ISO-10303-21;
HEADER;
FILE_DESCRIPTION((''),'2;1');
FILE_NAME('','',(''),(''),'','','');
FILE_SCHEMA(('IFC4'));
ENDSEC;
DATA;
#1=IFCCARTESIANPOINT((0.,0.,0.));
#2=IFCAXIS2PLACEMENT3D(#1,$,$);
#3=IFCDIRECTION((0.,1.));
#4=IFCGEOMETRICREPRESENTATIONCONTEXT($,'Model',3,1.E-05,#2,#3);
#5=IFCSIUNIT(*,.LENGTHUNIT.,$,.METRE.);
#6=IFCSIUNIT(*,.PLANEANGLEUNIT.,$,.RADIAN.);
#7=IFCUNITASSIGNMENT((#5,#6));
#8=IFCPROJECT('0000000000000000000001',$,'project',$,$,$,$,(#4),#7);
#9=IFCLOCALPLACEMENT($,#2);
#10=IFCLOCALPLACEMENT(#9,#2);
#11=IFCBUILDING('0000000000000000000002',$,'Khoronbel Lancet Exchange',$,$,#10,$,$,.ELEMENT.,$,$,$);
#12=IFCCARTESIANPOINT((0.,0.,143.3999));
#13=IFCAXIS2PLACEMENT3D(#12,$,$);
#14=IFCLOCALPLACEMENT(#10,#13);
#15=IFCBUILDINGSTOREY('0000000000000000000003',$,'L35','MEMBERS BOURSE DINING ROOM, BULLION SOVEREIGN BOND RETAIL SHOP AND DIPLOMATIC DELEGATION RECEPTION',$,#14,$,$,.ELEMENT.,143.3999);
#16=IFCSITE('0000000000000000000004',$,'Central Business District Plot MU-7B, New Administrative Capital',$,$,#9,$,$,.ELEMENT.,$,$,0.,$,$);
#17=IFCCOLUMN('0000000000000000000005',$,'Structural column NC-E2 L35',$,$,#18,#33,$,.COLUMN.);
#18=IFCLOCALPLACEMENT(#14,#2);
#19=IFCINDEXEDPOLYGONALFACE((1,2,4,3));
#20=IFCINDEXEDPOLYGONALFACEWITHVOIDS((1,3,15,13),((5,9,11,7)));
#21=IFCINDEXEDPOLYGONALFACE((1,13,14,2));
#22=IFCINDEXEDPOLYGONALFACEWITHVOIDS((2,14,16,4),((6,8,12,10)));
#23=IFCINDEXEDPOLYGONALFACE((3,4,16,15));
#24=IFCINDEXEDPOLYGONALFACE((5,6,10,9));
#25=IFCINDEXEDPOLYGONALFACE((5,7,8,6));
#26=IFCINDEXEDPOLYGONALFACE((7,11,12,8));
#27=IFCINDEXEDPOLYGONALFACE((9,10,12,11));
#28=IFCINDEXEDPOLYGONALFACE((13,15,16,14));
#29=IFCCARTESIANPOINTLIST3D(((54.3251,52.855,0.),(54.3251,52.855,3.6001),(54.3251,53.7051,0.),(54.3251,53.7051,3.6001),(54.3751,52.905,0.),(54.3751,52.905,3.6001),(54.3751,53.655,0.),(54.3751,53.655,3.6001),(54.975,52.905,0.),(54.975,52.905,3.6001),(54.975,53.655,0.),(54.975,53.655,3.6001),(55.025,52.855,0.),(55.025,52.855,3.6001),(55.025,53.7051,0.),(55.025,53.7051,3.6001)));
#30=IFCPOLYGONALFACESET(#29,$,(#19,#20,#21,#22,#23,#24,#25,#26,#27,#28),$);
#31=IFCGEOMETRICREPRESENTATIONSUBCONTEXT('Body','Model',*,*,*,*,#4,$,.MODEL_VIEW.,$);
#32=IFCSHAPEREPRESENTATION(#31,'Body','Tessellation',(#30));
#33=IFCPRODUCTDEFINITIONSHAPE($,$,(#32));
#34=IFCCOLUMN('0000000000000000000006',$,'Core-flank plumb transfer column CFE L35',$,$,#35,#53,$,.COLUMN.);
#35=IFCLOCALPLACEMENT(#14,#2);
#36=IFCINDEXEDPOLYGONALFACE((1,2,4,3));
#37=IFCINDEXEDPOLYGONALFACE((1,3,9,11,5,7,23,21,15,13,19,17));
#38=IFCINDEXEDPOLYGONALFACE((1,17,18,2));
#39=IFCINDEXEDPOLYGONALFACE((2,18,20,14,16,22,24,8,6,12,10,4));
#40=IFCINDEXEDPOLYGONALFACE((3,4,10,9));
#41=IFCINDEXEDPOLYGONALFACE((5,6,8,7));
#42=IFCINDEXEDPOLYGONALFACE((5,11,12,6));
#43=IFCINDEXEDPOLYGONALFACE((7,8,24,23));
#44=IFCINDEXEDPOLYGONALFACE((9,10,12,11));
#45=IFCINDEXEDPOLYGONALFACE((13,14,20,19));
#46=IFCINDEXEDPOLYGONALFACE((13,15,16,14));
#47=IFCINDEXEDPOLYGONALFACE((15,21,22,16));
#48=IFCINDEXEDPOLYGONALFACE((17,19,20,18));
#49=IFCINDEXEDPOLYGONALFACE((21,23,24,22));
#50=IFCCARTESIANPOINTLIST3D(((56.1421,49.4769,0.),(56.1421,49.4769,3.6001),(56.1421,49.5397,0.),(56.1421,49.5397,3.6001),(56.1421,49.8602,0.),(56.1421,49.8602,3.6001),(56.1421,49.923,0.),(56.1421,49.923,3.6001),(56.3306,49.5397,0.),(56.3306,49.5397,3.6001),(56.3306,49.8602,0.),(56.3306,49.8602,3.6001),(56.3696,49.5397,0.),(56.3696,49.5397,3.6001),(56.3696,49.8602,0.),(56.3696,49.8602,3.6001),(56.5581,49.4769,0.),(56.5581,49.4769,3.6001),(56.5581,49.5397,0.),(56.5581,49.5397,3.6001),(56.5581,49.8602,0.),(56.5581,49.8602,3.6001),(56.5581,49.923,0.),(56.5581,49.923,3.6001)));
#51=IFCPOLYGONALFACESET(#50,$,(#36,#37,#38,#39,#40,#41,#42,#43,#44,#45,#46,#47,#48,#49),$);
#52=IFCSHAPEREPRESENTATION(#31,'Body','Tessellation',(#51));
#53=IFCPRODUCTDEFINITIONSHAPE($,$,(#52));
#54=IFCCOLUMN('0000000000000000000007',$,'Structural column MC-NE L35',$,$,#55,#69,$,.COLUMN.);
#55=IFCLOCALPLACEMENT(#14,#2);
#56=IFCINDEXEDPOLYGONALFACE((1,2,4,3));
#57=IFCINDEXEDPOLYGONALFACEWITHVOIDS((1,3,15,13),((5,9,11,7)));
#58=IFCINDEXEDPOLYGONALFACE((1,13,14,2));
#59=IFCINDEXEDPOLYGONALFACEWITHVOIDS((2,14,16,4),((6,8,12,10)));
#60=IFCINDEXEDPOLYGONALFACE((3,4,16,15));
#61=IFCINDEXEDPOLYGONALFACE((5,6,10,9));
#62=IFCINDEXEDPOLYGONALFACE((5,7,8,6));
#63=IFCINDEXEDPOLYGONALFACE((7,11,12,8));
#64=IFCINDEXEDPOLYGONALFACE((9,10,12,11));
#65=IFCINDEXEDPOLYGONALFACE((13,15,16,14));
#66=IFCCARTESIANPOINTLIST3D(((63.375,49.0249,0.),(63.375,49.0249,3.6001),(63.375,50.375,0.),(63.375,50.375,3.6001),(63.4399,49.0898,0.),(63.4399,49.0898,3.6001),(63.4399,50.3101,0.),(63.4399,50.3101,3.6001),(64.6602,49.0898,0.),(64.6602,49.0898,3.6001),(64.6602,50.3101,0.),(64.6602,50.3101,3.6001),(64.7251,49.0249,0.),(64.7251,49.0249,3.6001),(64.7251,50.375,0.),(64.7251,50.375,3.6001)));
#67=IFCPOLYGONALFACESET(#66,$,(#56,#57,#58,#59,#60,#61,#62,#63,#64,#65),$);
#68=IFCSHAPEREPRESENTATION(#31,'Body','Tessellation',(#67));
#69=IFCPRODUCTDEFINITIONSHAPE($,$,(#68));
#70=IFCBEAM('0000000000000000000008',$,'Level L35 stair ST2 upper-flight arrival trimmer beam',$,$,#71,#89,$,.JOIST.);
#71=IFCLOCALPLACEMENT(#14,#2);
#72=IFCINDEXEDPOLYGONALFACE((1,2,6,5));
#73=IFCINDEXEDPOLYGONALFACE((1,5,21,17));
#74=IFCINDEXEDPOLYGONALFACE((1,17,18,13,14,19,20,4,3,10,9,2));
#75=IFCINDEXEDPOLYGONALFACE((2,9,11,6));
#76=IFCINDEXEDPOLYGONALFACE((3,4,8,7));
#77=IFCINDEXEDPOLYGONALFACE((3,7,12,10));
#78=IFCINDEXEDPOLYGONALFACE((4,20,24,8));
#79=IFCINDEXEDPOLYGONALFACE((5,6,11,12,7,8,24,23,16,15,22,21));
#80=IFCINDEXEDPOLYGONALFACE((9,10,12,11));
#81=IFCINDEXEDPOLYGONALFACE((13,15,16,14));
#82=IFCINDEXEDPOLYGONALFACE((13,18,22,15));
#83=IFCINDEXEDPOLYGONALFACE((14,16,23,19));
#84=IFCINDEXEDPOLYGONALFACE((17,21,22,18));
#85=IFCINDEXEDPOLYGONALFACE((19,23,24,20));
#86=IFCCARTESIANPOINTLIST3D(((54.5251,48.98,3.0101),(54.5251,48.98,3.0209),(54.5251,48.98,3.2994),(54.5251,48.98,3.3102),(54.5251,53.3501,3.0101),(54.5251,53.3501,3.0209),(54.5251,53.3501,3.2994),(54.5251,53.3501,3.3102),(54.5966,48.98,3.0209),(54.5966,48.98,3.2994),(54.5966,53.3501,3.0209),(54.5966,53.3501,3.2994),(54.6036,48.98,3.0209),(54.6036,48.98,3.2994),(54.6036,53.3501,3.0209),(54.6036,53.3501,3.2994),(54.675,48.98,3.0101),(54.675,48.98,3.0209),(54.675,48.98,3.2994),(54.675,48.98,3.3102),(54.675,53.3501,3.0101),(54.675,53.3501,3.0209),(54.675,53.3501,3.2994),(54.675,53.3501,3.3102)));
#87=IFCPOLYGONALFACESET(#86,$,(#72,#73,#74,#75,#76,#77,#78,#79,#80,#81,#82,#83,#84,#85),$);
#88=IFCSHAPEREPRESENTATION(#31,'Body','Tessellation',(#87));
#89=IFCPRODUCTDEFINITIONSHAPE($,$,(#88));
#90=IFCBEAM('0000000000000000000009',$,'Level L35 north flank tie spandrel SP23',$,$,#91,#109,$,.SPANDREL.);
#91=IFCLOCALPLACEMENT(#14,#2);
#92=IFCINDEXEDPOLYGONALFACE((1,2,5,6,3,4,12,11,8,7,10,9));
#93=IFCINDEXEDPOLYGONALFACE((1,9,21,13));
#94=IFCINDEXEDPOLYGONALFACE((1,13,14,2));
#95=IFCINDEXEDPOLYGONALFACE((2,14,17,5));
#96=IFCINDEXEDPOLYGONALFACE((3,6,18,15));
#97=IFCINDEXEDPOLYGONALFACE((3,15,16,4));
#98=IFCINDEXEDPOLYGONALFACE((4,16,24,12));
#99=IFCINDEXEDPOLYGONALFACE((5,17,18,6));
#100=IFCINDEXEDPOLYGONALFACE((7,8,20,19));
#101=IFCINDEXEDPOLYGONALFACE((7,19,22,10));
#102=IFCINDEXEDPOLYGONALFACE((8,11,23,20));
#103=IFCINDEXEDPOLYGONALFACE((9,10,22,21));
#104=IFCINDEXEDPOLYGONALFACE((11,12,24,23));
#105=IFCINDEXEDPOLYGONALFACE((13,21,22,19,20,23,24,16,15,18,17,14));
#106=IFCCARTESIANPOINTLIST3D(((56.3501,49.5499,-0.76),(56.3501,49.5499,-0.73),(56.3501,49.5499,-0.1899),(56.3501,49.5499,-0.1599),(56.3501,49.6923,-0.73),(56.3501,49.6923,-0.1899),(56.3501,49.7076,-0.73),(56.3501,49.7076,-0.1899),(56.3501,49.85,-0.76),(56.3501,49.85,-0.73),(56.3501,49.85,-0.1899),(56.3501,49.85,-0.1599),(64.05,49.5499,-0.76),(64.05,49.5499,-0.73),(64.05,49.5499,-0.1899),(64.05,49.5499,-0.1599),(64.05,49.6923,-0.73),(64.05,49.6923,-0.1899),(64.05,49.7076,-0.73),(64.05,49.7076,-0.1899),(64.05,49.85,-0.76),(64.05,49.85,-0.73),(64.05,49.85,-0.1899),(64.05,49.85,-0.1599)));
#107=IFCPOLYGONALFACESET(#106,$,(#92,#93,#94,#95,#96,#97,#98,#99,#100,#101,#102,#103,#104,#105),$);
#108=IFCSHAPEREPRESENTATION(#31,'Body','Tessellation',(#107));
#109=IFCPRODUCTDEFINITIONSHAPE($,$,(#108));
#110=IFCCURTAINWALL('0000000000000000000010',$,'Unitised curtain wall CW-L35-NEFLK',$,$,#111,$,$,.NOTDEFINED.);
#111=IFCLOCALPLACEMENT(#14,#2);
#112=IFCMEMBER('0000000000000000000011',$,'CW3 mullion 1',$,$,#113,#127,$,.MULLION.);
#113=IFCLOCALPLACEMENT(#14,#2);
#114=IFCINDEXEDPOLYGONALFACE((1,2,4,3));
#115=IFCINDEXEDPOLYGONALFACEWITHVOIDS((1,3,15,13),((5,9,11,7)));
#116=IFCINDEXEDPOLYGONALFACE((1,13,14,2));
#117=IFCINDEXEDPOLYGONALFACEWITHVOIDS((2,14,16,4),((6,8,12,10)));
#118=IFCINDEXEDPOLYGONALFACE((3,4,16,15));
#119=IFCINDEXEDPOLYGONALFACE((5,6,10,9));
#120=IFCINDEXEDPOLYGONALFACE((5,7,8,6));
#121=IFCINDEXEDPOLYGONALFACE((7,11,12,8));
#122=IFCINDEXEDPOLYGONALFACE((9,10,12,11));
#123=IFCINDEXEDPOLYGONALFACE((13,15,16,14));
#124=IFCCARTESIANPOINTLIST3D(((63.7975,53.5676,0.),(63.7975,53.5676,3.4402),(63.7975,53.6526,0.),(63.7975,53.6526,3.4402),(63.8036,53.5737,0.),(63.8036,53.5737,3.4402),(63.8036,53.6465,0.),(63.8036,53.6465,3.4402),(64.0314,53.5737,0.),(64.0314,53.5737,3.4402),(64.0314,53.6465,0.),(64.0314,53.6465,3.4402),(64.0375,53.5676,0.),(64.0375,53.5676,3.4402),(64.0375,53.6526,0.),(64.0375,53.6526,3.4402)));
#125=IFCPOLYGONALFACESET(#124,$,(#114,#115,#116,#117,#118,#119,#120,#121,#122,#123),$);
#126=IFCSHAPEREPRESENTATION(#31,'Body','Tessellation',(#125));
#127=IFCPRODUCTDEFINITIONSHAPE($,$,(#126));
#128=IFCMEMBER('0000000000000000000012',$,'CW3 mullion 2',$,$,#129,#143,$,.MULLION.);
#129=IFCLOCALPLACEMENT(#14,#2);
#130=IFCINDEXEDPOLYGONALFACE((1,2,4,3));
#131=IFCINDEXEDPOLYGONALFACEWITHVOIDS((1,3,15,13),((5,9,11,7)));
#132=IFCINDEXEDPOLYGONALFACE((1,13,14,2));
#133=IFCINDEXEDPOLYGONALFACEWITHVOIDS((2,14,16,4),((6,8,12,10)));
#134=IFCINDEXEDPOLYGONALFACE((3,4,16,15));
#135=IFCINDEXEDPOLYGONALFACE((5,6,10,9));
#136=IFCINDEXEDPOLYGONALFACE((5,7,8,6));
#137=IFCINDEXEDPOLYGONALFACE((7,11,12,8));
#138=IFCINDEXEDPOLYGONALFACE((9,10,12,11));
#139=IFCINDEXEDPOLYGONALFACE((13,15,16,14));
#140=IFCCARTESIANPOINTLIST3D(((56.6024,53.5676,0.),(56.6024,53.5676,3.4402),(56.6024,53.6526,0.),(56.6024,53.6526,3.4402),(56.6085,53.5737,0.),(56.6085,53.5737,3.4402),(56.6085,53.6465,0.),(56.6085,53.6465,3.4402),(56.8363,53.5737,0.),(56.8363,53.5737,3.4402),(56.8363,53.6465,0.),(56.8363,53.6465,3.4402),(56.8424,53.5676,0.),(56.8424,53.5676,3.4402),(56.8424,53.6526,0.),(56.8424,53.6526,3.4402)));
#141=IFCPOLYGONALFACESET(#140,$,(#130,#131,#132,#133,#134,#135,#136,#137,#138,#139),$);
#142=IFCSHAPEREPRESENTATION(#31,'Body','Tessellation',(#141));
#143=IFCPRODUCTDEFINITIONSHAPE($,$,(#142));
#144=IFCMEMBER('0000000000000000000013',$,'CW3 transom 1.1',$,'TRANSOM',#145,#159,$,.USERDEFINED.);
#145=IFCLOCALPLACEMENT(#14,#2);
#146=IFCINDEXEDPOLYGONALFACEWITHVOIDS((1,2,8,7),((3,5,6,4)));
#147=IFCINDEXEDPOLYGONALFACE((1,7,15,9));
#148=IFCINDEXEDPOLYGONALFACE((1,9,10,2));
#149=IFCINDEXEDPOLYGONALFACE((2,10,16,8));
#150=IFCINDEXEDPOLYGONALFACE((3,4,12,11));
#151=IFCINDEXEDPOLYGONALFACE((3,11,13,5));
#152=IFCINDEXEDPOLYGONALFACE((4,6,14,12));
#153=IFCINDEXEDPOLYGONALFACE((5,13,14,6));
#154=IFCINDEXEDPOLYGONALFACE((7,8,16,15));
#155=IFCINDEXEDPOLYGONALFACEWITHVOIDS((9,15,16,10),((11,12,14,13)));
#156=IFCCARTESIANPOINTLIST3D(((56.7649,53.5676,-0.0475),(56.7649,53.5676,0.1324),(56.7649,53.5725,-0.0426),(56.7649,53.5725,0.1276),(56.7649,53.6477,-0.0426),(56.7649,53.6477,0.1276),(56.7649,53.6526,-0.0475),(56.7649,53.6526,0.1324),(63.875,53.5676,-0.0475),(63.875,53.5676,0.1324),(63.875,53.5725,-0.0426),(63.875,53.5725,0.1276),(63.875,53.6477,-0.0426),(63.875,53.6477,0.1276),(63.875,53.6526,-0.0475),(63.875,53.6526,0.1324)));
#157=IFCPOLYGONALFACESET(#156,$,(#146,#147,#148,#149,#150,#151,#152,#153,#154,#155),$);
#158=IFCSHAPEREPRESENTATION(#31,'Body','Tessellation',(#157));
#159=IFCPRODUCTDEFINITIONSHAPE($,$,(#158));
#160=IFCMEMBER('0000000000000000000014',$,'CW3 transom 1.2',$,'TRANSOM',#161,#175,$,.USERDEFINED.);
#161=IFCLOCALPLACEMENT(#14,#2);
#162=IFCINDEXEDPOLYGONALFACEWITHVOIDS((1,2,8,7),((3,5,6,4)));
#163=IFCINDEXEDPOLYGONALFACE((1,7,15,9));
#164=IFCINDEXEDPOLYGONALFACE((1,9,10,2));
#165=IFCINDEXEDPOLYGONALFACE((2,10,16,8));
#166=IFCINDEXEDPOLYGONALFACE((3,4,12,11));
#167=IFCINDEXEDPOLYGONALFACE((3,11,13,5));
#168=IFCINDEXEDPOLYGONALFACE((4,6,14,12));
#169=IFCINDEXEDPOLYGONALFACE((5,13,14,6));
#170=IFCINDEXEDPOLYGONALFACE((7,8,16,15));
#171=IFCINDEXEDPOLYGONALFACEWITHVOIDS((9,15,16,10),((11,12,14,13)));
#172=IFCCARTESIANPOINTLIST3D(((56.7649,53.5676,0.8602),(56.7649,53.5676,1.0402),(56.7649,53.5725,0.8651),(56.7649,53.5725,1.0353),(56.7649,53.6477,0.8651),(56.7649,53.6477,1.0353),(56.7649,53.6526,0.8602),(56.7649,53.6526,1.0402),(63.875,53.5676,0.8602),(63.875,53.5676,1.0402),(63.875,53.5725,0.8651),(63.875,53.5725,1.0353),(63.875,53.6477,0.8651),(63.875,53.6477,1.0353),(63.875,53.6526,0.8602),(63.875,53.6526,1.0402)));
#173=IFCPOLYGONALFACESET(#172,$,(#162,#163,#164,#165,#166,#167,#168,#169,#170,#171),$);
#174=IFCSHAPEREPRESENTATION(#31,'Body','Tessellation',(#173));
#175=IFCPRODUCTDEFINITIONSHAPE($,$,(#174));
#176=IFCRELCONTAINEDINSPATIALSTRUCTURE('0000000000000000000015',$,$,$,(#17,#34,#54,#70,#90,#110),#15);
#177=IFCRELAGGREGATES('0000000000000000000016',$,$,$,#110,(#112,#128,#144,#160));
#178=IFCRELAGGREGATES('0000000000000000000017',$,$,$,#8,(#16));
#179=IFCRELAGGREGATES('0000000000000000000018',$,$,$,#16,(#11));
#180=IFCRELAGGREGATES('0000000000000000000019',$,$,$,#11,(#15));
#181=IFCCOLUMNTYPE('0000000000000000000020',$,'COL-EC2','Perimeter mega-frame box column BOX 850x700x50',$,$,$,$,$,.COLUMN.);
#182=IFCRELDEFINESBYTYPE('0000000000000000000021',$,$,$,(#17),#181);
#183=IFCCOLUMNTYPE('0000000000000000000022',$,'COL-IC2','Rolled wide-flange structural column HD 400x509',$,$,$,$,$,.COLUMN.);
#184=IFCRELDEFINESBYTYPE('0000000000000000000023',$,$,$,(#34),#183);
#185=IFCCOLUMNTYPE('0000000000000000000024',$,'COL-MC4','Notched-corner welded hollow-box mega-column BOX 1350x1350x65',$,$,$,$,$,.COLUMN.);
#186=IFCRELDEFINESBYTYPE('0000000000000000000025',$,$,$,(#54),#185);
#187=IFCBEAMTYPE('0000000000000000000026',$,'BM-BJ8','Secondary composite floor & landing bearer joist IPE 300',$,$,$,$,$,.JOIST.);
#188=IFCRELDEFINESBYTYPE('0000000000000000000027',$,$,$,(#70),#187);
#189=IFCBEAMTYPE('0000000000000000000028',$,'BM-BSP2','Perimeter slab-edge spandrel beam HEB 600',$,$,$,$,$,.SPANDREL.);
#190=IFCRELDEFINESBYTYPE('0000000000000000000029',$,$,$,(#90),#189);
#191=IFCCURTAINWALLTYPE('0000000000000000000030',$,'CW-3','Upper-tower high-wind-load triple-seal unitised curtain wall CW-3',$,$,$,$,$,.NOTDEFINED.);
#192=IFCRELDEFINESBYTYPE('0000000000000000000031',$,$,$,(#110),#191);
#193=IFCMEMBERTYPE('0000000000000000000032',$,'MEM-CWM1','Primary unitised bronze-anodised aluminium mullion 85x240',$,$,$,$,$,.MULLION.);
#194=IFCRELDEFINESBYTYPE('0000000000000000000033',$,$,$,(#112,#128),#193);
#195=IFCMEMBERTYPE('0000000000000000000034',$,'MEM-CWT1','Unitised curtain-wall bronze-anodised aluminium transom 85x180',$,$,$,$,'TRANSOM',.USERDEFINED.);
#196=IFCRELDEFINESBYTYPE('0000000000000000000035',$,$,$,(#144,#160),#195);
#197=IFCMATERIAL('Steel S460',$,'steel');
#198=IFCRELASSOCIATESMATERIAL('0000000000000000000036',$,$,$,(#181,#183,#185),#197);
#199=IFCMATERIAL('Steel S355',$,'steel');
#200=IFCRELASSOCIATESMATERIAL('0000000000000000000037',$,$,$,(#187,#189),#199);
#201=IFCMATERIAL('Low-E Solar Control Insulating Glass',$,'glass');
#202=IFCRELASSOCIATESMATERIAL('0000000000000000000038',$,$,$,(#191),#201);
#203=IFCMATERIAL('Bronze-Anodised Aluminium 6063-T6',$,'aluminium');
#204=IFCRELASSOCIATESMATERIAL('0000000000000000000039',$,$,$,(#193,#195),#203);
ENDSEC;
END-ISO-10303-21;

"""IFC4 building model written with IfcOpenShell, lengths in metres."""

from ifc_helpers import new_model, si_unit, direction, frame, origin, origin_2d, place, context, subcontext, project, spatial, hollow_rectangle, i_section, extrude, material, material_profile, profile_set, type_object, element, aggregate, save


model = new_model("IFC4")

# Units and contexts
model_context = context("Model", 3, precision=1e-05, world=origin(), true_north=direction((0.0, 1.0)))
body_context = subcontext(model_context, "Body", "Model", "MODEL_VIEW")
ifc_project = project(units=[si_unit("LENGTHUNIT", "METRE"), si_unit("PLANEANGLEUNIT", "RADIAN")], contexts=[model_context])

# Site, building, storey
site_placement = place(None, origin())
site = spatial("IfcSite", under=ifc_project, at=site_placement, Name="Central Business District Plot MU-7B, New Administrative Capital", CompositionType="ELEMENT", RefElevation=0.0)
building_placement = place(site_placement, origin())
building = spatial("IfcBuilding", under=site, at=building_placement, Name="Khoronbel Lancet Exchange", CompositionType="ELEMENT")
storey_placement = place(building_placement, frame((0.0, 0.0, 143.3999)))
storey = spatial("IfcBuildingStorey", under=building, at=storey_placement, Name="L35", Description="MEMBERS BOURSE DINING ROOM, BULLION SOVEREIGN BOND RETAIL SHOP AND DIPLOMATIC DELEGATION RECEPTION", CompositionType="ELEMENT", Elevation=143.3999)

# Columns
ifc_material_1 = material(Name="Steel S460", Category="steel")
ifc_material_profile_1 = material_profile(ifc_material_1, hollow_rectangle(XDim=0.7, YDim=0.8501, WallThickness=0.05, at=origin_2d()), Name="BOX 850x700x50")
ifc_profile_set_1 = profile_set([ifc_material_profile_1], Name="Steel S460")
column_type_1 = type_object("IfcColumnType", Name="COL-EC2", Description="Perimeter mega-frame box column BOX 850x700x50", PredefinedType="COLUMN", material=ifc_profile_set_1)
column_1_placement = place(storey_placement, frame((54.675, 53.28, 0.0), z_axis=(0.0, 0.0, 1.0), x_axis=(1.0, 0.0, 0.0)))
element("IfcColumn", 1, at=column_1_placement, inside=storey, type_object=column_type_1, Name="Structural column NC-E2 L35", PredefinedType="COLUMN", context=body_context, shape_type="SweptSolid", body=[
    extrude(hollow_rectangle(XDim=0.7, YDim=0.8501, WallThickness=0.05, at=origin_2d()), origin(), (0.0, 0.0, 1.0), 3.6001),
])
ifc_material_profile_2 = material_profile(ifc_material_1, i_section(OverallWidth=0.416, OverallDepth=0.446, WebThickness=0.0391, FlangeThickness=0.0627, at=origin_2d()), Name="HD 400x509")
ifc_profile_set_2 = profile_set([ifc_material_profile_2], Name="Steel S460")
column_type_2 = type_object("IfcColumnType", Name="COL-IC2", Description="Rolled wide-flange structural column HD 400x509", PredefinedType="COLUMN", material=ifc_profile_set_2)
column_2_placement = place(storey_placement, frame((56.3501, 49.7, 0.0), z_axis=(0.0, 0.0, 1.0), x_axis=(1.0, 0.0, 0.0)))
element("IfcColumn", 2, at=column_2_placement, inside=storey, type_object=column_type_2, Name="Core-flank plumb transfer column CFE L35", PredefinedType="COLUMN", context=body_context, shape_type="SweptSolid", body=[
    extrude(i_section(OverallWidth=0.416, OverallDepth=0.446, WebThickness=0.0391, FlangeThickness=0.0627, at=origin_2d()), origin(), (0.0, 0.0, 1.0), 3.6001),
])
ifc_material_profile_3 = material_profile(ifc_material_1, hollow_rectangle(XDim=1.3501, YDim=1.3501, WallThickness=0.0649, at=origin_2d()), Name="BOX 1350x1350x65")
ifc_profile_set_3 = profile_set([ifc_material_profile_3], Name="Steel S460")
column_type_3 = type_object("IfcColumnType", Name="COL-MC4", Description="Notched-corner welded hollow-box mega-column BOX 1350x1350x65", PredefinedType="COLUMN", material=ifc_profile_set_3)
column_3_placement = place(storey_placement, frame((64.05, 49.7, 0.0), z_axis=(0.0, 0.0, 1.0), x_axis=(1.0, 0.0, 0.0)))
element("IfcColumn", 3, at=column_3_placement, inside=storey, type_object=column_type_3, Name="Structural column MC-NE L35", PredefinedType="COLUMN", context=body_context, shape_type="SweptSolid", body=[
    extrude(hollow_rectangle(XDim=1.3501, YDim=1.3501, WallThickness=0.0649, at=origin_2d()), origin(), (0.0, 0.0, 1.0), 3.6001),
])

# Beams
ifc_material_2 = material(Name="Steel S355", Category="steel")
ifc_material_profile_4 = material_profile(ifc_material_2, i_section(OverallWidth=0.1499, OverallDepth=0.3, WebThickness=0.0071, FlangeThickness=0.0107, at=origin_2d()), Name="IPE 300")
ifc_profile_set_4 = profile_set([ifc_material_profile_4], Name="Steel S355")
beam_type_1 = type_object("IfcBeamType", Name="BM-BJ8", Description="Secondary composite floor & landing bearer joist IPE 300", PredefinedType="JOIST", material=ifc_profile_set_4)
beam_1_placement = place(storey_placement, frame((54.6001, 48.98, 3.1602), z_axis=(0.0, 1.0, 0.0), x_axis=(-1.0, 0.0, 0.0)))
element("IfcBeam", 4, at=beam_1_placement, inside=storey, type_object=beam_type_1, Name="Level L35 stair ST2 upper-flight arrival trimmer beam", PredefinedType="JOIST", context=body_context, shape_type="SweptSolid", body=[
    extrude(i_section(OverallWidth=0.1499, OverallDepth=0.3, WebThickness=0.0071, FlangeThickness=0.0107, at=origin_2d()), origin(), (0.0, 0.0, 1.0), 4.3701),
])
ifc_material_profile_5 = material_profile(ifc_material_2, i_section(OverallWidth=0.3, OverallDepth=0.6001, WebThickness=0.0154, FlangeThickness=0.03, at=origin_2d()), Name="HEB 600")
ifc_profile_set_5 = profile_set([ifc_material_profile_5], Name="Steel S355")
beam_type_2 = type_object("IfcBeamType", Name="BM-BSP2", Description="Perimeter slab-edge spandrel beam HEB 600", PredefinedType="SPANDREL", material=ifc_profile_set_5)
beam_2_placement = place(storey_placement, frame((64.05, 49.7, -0.46), z_axis=(-1.0, 0.0, 0.0), x_axis=(0.0, -1.0, 0.0)))
element("IfcBeam", 5, at=beam_2_placement, inside=storey, type_object=beam_type_2, Name="Level L35 north flank tie spandrel SP23", PredefinedType="SPANDREL", context=body_context, shape_type="SweptSolid", body=[
    extrude(i_section(OverallWidth=0.3, OverallDepth=0.6001, WebThickness=0.0154, FlangeThickness=0.03, at=origin_2d()), origin(), (0.0, 0.0, 1.0), 7.7),
])

# Curtain wall, members
ifc_material_3 = material(Name="Low-E Solar Control Insulating Glass", Category="glass")
curtain_wall_type = type_object("IfcCurtainWallType", Name="CW-3", Description="Upper-tower high-wind-load triple-seal unitised curtain wall CW-3", PredefinedType="NOTDEFINED", material=ifc_material_3)
curtain_wall_placement = place(storey_placement, origin())
curtain_wall = element("IfcCurtainWall", 6, at=curtain_wall_placement, inside=storey, type_object=curtain_wall_type, Name="Unitised curtain wall CW-L35-NEFLK", PredefinedType="NOTDEFINED")
ifc_material_4 = material(Name="Bronze-Anodised Aluminium 6063-T6", Category="aluminium")
ifc_material_profile_6 = material_profile(ifc_material_4, hollow_rectangle(XDim=0.085, YDim=0.24, WallThickness=0.0061, at=origin_2d()), Name="ALU MULLION 85x240")
ifc_profile_set_6 = profile_set([ifc_material_profile_6], Name="Bronze-Anodised Aluminium 6063-T6")
member_type_1 = type_object("IfcMemberType", Name="MEM-CWM1", Description="Primary unitised bronze-anodised aluminium mullion 85x240", PredefinedType="MULLION", material=ifc_profile_set_6)
member_1_placement = place(storey_placement, frame((63.9175, 53.6101, 0.0), z_axis=(0.0, 0.0, 1.0), x_axis=(0.0, -1.0, 0.0)))
member_1 = element("IfcMember", 7, at=member_1_placement, type_object=member_type_1, Name="CW3 mullion 1", PredefinedType="MULLION", context=body_context, shape_type="SweptSolid", body=[
    extrude(hollow_rectangle(XDim=0.085, YDim=0.24, WallThickness=0.0061, at=origin_2d()), origin(), (0.0, 0.0, 1.0), 3.4402),
])
member_2_placement = place(storey_placement, frame((56.7224, 53.6101, 0.0), z_axis=(0.0, 0.0, 1.0), x_axis=(0.0, -1.0, 0.0)))
member_2 = element("IfcMember", 8, at=member_2_placement, type_object=member_type_1, Name="CW3 mullion 2", PredefinedType="MULLION", context=body_context, shape_type="SweptSolid", body=[
    extrude(hollow_rectangle(XDim=0.085, YDim=0.24, WallThickness=0.0061, at=origin_2d()), origin(), (0.0, 0.0, 1.0), 3.4402),
])
ifc_material_profile_7 = material_profile(ifc_material_4, hollow_rectangle(XDim=0.085, YDim=0.1799, WallThickness=0.0049, at=origin_2d()), Name="ALU TRANSOM 85x180")
ifc_profile_set_7 = profile_set([ifc_material_profile_7], Name="Bronze-Anodised Aluminium 6063-T6")
member_type_2 = type_object("IfcMemberType", Name="MEM-CWT1", Description="Unitised curtain-wall bronze-anodised aluminium transom 85x180", ElementType="TRANSOM", PredefinedType="USERDEFINED", material=ifc_profile_set_7)
member_3_placement = place(storey_placement, frame((63.875, 53.6101, 0.0425), z_axis=(-1.0, 0.0, 0.0), x_axis=(0.0, -1.0, 0.0)))
member_3 = element("IfcMember", 9, at=member_3_placement, type_object=member_type_2, Name="CW3 transom 1.1", ObjectType="TRANSOM", PredefinedType="USERDEFINED", context=body_context, shape_type="SweptSolid", body=[
    extrude(hollow_rectangle(XDim=0.085, YDim=0.1799, WallThickness=0.0049, at=origin_2d()), origin(), (0.0, 0.0, 1.0), 7.1101),
])
member_4_placement = place(storey_placement, frame((63.875, 53.6101, 0.9502), z_axis=(-1.0, 0.0, 0.0), x_axis=(0.0, -1.0, 0.0)))
member_4 = element("IfcMember", 10, at=member_4_placement, type_object=member_type_2, Name="CW3 transom 1.2", ObjectType="TRANSOM", PredefinedType="USERDEFINED", context=body_context, shape_type="SweptSolid", body=[
    extrude(hollow_rectangle(XDim=0.085, YDim=0.1799, WallThickness=0.0049, at=origin_2d()), origin(), (0.0, 0.0, 1.0), 7.1101),
])
aggregate(curtain_wall, [member_1, member_2, member_3, member_4])

save(model, "model.ifc")
